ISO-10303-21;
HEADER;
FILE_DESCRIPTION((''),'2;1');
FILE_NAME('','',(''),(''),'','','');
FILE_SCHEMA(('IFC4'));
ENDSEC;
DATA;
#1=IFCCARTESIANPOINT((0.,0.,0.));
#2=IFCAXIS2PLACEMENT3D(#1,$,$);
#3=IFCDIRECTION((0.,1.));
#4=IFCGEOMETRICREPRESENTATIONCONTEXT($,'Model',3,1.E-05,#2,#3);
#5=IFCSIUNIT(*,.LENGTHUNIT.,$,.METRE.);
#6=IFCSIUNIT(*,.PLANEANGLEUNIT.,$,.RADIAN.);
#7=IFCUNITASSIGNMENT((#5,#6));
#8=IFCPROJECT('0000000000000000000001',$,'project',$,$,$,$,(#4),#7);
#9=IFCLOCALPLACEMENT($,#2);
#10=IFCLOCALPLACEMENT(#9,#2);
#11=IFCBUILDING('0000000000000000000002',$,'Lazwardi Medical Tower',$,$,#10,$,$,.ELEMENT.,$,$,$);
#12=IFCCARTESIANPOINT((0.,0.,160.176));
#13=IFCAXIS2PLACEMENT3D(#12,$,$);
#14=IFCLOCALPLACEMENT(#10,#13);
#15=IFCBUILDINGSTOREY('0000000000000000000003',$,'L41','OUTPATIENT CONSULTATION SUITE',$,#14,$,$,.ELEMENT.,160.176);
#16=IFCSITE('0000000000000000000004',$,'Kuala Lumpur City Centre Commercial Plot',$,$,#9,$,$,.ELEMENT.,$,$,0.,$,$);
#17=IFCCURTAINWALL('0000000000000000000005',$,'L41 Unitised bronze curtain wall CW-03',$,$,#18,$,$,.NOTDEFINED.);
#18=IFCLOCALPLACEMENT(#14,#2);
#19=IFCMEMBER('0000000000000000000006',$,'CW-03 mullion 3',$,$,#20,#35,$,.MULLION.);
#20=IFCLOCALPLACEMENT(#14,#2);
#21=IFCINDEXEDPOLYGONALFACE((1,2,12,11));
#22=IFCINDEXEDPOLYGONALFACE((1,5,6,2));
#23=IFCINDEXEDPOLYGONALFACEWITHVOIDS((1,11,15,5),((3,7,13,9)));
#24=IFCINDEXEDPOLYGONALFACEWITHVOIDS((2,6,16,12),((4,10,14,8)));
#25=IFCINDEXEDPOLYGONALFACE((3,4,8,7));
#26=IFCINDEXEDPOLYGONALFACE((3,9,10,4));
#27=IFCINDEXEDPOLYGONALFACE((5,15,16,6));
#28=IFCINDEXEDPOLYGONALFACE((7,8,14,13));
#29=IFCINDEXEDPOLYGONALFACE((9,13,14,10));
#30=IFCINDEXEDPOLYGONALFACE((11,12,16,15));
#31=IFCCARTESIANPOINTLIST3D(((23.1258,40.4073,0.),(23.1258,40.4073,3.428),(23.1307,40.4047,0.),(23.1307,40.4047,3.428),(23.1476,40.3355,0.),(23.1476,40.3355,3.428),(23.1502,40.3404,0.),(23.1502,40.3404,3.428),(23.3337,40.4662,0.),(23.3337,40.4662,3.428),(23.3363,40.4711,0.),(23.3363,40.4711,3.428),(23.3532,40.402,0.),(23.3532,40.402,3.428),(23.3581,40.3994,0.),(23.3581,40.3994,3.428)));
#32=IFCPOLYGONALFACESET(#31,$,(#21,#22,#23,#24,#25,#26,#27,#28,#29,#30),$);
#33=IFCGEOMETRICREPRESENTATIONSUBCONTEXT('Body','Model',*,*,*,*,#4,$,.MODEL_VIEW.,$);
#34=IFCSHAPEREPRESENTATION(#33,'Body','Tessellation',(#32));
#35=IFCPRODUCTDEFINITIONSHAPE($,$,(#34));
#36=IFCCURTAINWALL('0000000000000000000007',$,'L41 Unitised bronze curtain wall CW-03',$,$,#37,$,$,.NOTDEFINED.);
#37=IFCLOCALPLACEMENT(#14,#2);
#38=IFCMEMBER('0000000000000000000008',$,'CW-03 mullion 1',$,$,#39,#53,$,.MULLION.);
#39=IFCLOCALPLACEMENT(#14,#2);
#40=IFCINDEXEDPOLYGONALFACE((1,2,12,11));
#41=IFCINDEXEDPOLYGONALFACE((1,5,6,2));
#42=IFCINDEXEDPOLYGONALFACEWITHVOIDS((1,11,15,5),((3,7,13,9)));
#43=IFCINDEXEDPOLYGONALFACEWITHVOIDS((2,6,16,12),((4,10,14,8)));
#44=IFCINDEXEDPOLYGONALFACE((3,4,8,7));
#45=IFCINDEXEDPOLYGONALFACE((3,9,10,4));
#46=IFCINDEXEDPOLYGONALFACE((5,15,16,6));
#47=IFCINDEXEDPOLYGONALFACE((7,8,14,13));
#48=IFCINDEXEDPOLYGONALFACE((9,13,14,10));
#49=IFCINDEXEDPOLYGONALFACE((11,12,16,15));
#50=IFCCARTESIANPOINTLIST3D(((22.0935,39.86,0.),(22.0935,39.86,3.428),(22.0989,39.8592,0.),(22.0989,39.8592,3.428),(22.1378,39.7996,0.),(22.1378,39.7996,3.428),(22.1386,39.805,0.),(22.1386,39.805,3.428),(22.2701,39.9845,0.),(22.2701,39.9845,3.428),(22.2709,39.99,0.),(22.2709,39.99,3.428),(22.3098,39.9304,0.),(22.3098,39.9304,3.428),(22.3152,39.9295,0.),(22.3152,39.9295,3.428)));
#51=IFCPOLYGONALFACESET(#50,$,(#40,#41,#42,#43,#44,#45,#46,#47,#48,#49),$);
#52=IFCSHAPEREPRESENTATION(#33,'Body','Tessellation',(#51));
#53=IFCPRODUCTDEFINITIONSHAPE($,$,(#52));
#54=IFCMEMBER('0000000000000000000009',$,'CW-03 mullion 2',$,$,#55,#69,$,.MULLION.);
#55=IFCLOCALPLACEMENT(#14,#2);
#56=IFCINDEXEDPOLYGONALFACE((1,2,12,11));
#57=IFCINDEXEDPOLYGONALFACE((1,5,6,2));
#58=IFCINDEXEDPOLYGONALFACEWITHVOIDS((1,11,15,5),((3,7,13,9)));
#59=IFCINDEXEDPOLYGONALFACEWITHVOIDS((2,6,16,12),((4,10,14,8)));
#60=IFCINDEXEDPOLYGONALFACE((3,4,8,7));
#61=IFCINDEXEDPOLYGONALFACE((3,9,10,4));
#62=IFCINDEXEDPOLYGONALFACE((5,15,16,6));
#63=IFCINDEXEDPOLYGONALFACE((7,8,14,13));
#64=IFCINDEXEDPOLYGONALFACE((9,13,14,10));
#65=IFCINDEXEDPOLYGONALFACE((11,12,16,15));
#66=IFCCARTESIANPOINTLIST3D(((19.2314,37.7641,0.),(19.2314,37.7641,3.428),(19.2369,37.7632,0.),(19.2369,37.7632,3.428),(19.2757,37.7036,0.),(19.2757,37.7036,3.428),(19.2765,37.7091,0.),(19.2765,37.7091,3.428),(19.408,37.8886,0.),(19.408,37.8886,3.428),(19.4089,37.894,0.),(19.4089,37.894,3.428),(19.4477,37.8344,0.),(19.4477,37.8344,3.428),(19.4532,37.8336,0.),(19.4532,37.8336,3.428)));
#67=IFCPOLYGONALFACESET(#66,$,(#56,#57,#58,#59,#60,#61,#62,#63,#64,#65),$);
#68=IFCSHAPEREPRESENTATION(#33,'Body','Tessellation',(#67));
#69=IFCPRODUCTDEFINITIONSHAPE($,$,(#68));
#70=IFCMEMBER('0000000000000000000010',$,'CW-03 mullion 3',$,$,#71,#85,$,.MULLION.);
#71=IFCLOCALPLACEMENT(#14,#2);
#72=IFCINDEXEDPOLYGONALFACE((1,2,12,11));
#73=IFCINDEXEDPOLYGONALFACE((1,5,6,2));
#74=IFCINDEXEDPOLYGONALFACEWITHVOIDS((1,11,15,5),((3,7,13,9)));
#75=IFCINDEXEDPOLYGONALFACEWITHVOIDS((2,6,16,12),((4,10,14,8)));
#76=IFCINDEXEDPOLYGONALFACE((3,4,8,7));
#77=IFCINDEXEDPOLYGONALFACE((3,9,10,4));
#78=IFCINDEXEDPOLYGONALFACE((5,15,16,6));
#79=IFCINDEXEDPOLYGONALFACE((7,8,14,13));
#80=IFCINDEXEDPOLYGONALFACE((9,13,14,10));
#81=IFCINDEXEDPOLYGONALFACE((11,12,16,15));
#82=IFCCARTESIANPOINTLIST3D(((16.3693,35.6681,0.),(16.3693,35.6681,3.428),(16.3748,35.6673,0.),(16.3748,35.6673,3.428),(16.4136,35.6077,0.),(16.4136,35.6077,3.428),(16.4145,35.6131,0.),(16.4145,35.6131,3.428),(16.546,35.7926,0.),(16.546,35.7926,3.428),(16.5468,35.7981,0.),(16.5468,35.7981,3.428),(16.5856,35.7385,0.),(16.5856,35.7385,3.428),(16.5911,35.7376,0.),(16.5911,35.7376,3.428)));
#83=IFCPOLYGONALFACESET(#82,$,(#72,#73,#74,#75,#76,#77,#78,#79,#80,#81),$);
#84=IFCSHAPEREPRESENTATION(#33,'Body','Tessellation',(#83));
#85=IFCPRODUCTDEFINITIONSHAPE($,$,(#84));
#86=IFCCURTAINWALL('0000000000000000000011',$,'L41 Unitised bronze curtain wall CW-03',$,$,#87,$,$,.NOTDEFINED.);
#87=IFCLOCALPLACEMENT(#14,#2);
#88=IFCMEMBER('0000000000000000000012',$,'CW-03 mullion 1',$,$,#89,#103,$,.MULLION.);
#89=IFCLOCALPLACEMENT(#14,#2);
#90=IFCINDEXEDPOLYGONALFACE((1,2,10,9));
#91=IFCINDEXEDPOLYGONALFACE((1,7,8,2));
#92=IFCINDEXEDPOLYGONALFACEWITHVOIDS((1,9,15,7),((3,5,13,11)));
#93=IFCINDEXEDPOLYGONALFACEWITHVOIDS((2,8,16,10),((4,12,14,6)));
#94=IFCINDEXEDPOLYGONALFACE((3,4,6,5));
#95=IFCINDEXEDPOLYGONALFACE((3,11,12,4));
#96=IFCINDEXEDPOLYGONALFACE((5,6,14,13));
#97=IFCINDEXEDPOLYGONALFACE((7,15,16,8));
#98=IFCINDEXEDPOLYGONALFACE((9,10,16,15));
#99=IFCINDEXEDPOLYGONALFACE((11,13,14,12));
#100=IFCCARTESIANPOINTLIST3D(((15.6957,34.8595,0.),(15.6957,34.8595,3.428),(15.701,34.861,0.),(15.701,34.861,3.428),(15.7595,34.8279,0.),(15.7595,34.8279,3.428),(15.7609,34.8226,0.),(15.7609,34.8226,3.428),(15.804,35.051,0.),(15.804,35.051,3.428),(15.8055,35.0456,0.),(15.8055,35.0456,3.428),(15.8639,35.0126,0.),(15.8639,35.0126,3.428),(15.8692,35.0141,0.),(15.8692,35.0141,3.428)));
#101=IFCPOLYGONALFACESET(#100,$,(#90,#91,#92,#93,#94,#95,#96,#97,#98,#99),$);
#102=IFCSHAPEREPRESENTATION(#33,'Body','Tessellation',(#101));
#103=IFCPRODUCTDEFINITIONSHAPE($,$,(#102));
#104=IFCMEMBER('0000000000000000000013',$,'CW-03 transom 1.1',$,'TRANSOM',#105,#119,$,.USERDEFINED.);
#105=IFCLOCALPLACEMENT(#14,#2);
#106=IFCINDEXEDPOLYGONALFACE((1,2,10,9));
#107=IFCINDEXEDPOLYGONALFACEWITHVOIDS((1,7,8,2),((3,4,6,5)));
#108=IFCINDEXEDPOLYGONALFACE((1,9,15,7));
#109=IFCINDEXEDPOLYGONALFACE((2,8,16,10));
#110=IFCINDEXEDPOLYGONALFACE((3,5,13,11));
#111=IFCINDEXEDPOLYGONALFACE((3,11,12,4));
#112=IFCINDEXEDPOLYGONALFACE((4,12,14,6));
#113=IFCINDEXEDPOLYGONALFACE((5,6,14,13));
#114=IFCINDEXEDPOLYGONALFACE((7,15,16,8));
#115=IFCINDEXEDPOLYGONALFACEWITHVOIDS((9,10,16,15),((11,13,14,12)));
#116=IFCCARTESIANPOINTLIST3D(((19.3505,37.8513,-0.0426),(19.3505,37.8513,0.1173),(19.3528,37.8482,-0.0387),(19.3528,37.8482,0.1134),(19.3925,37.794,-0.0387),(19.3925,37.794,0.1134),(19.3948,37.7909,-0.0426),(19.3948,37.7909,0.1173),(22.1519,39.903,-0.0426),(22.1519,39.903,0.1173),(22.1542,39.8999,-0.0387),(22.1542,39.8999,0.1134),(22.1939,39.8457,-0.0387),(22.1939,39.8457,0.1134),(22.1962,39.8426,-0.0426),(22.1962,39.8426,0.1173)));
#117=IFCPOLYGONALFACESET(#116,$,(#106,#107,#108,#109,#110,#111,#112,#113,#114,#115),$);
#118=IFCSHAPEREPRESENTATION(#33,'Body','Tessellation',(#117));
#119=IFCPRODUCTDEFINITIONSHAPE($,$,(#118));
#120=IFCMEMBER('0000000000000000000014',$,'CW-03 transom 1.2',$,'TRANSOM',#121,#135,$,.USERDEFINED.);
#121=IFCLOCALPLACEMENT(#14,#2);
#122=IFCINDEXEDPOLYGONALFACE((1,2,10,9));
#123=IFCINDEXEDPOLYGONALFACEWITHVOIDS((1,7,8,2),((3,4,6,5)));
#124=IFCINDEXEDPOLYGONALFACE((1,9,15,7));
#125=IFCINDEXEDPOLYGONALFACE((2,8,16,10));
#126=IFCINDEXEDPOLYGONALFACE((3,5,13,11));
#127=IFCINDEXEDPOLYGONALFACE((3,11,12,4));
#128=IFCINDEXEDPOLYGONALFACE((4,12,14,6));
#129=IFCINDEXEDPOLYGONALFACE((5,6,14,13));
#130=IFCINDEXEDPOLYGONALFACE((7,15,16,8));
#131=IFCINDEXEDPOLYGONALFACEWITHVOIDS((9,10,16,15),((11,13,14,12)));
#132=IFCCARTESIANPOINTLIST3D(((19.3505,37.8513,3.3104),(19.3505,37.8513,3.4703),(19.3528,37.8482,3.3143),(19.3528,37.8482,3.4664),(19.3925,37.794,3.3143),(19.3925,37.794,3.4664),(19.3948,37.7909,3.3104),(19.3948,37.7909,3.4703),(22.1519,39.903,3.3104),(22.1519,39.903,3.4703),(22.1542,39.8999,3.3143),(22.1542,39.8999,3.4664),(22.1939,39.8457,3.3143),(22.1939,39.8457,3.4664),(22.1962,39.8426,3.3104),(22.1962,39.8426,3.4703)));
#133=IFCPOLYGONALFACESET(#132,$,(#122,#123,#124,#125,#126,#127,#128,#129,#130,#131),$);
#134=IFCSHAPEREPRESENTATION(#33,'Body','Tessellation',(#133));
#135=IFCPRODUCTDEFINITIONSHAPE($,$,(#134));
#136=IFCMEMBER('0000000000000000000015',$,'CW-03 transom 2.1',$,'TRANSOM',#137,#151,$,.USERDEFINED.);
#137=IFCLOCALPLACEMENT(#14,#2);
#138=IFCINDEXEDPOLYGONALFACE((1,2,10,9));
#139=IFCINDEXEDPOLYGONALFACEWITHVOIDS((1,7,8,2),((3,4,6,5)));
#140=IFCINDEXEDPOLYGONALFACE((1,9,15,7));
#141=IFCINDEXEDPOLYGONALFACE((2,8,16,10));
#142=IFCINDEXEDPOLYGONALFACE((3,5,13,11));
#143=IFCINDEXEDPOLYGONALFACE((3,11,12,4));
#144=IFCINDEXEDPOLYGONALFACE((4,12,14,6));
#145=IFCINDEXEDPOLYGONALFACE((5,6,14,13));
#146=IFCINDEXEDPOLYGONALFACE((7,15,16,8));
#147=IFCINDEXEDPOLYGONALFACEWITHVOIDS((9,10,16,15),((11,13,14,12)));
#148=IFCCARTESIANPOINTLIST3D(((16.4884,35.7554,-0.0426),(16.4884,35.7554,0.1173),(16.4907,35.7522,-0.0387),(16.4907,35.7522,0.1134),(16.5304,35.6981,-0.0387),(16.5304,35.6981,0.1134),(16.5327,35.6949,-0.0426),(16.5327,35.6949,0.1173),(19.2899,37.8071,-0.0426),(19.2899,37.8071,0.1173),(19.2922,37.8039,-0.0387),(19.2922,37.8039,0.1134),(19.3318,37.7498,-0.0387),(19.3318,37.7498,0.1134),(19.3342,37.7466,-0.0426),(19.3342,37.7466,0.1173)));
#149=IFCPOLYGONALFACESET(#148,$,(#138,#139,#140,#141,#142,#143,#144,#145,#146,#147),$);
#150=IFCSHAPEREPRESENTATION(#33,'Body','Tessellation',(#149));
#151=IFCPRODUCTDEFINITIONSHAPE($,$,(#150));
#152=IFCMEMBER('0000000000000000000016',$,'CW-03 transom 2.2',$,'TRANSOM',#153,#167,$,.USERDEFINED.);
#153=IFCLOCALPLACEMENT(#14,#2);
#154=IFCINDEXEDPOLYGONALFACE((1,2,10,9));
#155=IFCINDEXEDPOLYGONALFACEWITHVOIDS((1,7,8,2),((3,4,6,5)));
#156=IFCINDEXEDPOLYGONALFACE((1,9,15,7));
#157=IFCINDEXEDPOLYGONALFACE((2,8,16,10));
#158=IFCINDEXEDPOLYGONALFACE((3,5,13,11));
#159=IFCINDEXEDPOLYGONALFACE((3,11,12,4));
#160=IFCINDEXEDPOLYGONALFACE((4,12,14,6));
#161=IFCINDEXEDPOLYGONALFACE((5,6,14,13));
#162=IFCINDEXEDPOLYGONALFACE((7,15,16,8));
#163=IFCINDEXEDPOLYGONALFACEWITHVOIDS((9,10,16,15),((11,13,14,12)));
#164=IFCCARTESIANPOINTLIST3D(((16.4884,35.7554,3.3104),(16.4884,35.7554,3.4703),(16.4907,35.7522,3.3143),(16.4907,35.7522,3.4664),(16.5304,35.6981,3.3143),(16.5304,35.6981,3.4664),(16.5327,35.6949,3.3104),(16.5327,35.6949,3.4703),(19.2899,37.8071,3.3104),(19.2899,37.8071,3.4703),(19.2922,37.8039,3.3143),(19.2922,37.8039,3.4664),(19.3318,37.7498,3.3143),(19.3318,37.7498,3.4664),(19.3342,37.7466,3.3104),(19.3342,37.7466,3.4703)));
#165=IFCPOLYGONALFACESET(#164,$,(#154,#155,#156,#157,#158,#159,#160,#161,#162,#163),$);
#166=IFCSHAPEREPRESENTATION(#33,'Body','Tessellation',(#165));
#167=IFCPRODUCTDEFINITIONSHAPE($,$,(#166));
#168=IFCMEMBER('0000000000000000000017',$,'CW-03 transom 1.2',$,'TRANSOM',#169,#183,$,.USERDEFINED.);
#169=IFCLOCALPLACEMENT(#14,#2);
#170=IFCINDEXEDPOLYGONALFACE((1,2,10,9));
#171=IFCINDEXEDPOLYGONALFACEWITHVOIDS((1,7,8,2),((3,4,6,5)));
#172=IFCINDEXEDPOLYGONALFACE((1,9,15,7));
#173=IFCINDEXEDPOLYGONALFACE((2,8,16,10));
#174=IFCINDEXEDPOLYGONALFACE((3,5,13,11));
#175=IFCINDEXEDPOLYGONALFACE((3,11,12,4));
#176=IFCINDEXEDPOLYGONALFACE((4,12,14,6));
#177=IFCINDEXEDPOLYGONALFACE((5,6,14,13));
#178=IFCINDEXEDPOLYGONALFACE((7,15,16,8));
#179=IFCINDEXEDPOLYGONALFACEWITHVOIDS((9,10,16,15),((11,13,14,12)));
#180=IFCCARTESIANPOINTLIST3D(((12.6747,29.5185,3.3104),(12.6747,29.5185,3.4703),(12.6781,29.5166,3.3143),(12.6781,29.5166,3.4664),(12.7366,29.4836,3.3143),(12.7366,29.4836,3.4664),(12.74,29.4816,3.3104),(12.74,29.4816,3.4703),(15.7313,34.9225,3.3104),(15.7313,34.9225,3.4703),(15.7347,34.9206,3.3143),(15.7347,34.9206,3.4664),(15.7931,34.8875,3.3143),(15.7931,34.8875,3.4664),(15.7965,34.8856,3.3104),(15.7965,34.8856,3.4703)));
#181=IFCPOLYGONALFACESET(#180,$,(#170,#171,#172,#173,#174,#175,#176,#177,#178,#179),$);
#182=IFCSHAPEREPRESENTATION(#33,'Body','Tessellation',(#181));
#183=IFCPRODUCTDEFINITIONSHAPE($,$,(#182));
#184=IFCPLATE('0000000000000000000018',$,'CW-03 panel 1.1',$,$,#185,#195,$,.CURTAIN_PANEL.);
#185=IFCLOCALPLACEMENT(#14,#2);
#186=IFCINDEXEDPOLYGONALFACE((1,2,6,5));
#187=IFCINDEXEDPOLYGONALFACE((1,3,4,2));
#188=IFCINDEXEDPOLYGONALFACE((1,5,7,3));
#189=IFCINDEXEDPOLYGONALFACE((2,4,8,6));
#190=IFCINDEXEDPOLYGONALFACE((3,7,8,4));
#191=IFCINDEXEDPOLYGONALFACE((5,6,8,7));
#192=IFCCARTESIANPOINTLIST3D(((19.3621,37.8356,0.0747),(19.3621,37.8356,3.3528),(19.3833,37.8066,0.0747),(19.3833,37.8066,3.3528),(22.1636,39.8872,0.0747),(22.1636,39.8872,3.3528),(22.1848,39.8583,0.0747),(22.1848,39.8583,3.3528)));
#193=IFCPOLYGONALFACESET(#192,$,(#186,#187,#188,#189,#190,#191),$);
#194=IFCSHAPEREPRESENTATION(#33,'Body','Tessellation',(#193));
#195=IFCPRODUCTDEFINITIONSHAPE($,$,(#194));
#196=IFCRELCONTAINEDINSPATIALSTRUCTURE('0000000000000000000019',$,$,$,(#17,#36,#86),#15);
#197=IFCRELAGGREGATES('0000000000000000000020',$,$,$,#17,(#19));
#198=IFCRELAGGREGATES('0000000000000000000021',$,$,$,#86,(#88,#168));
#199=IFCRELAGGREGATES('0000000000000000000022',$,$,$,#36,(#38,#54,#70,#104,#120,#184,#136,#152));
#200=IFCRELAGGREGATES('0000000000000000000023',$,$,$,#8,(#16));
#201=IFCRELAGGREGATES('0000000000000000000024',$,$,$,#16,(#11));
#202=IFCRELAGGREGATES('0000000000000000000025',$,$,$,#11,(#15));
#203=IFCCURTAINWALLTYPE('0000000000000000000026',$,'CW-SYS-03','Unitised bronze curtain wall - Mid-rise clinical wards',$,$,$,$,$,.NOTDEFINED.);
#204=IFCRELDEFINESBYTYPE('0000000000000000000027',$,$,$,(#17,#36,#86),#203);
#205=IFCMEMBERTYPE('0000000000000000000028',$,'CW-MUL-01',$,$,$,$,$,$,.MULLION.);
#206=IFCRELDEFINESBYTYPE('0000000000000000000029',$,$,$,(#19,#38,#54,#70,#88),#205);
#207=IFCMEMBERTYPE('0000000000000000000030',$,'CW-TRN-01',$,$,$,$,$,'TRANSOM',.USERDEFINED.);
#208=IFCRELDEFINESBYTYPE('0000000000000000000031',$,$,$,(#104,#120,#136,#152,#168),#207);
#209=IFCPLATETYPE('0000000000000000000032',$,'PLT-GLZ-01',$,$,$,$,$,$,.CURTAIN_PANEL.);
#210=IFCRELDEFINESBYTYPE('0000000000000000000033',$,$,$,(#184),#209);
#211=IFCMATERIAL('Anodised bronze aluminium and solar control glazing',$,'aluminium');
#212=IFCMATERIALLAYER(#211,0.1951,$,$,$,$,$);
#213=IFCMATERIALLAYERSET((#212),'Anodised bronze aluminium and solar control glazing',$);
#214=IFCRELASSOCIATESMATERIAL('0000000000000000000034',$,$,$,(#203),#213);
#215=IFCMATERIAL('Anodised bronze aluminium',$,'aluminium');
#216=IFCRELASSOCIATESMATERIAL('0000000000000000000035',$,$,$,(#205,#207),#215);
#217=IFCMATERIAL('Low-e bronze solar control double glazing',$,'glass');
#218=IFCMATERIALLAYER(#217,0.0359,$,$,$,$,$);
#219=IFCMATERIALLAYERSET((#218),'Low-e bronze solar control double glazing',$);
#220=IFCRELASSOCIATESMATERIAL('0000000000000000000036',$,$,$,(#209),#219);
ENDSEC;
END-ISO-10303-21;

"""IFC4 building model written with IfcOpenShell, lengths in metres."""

from ifc_helpers import new_model, si_unit, direction, frame, origin, origin_2d, place, context, subcontext, project, spatial, rectangle, hollow_rectangle, extrude, material, layer, layer_set, material_profile, profile_set, type_object, element, aggregate, save


model = new_model("IFC4")

# Units and contexts
model_context = context("Model", 3, precision=1e-05, world=origin(), true_north=direction((0.0, 1.0)))
body_context = subcontext(model_context, "Body", "Model", "MODEL_VIEW")
ifc_project = project(units=[si_unit("LENGTHUNIT", "METRE"), si_unit("PLANEANGLEUNIT", "RADIAN")], contexts=[model_context])

# Site, building, storey
site_placement = place(None, origin())
site = spatial("IfcSite", under=ifc_project, at=site_placement, Name="Kuala Lumpur City Centre Commercial Plot", CompositionType="ELEMENT", RefElevation=0.0)
building_placement = place(site_placement, origin())
building = spatial("IfcBuilding", under=site, at=building_placement, Name="Lazwardi Medical Tower", CompositionType="ELEMENT")
storey_placement = place(building_placement, frame((0.0, 0.0, 160.176)))
storey = spatial("IfcBuildingStorey", under=building, at=storey_placement, Name="L41", Description="OUTPATIENT CONSULTATION SUITE", CompositionType="ELEMENT", Elevation=160.176)

# Curtain wall, member
ifc_material_1 = material(Name="Anodised bronze aluminium and solar control glazing", Category="aluminium")
ifc_layer_1 = layer(ifc_material_1, 0.1951)
ifc_layer_set_1 = layer_set([ifc_layer_1], Name="Anodised bronze aluminium and solar control glazing")
curtain_wall_type = type_object("IfcCurtainWallType", Name="CW-SYS-03", Description="Unitised bronze curtain wall - Mid-rise clinical wards", PredefinedType="NOTDEFINED", material=ifc_layer_set_1)
curtain_wall_1_placement = place(storey_placement, origin())
curtain_wall_1 = element("IfcCurtainWall", 1, at=curtain_wall_1_placement, inside=storey, type_object=curtain_wall_type, Name="L41 Unitised bronze curtain wall CW-03", PredefinedType="NOTDEFINED")
ifc_material_2 = material(Name="Anodised bronze aluminium", Category="aluminium")
ifc_material_profile_1 = material_profile(ifc_material_2, hollow_rectangle(XDim=0.075, YDim=0.22, WallThickness=0.0039, at=origin_2d()), Name="ALU-MULLION 220x75x4")
ifc_profile_set_1 = profile_set([ifc_material_profile_1], Name="Anodised bronze aluminium")
member_type_1 = type_object("IfcMemberType", Name="CW-MUL-01", PredefinedType="MULLION", material=ifc_profile_set_1)
member_1_placement = place(storey_placement, frame((23.2419, 40.4033, 0.0), z_axis=(0.0, 0.0, 1.0), x_axis=(0.290281, -0.956942, 0.0)))
member_1 = element("IfcMember", 2, at=member_1_placement, type_object=member_type_1, Name="CW-03 mullion 3", PredefinedType="MULLION", context=body_context, shape_type="SweptSolid", body=[
    extrude(hollow_rectangle(XDim=0.075, YDim=0.22, WallThickness=0.0039, at=origin_2d()), origin(), (0.0, 0.0, 1.0), 3.428),
])
aggregate(curtain_wall_1, [member_1])

# Curtain wall, members
curtain_wall_2_placement = place(storey_placement, origin())
curtain_wall_2 = element("IfcCurtainWall", 3, at=curtain_wall_2_placement, inside=storey, type_object=curtain_wall_type, Name="L41 Unitised bronze curtain wall CW-03", PredefinedType="NOTDEFINED")
member_2_placement = place(storey_placement, frame((22.2043, 39.8948, 0.0), z_axis=(0.0, 0.0, 1.0), x_axis=(0.590834, -0.806793, 0.0)))
member_2 = element("IfcMember", 4, at=member_2_placement, type_object=member_type_1, Name="CW-03 mullion 1", PredefinedType="MULLION", context=body_context, shape_type="SweptSolid", body=[
    extrude(hollow_rectangle(XDim=0.075, YDim=0.22, WallThickness=0.0039, at=origin_2d()), origin(), (0.0, 0.0, 1.0), 3.428),
])
member_3_placement = place(storey_placement, frame((19.3423, 37.7988, 0.0), z_axis=(0.0, 0.0, 1.0), x_axis=(0.590834, -0.806793, 0.0)))
member_3 = element("IfcMember", 5, at=member_3_placement, type_object=member_type_1, Name="CW-03 mullion 2", PredefinedType="MULLION", context=body_context, shape_type="SweptSolid", body=[
    extrude(hollow_rectangle(XDim=0.075, YDim=0.22, WallThickness=0.0039, at=origin_2d()), origin(), (0.0, 0.0, 1.0), 3.428),
])
member_4_placement = place(storey_placement, frame((16.4802, 35.7029, 0.0), z_axis=(0.0, 0.0, 1.0), x_axis=(0.590834, -0.806793, 0.0)))
member_4 = element("IfcMember", 6, at=member_4_placement, type_object=member_type_1, Name="CW-03 mullion 3", PredefinedType="MULLION", context=body_context, shape_type="SweptSolid", body=[
    extrude(hollow_rectangle(XDim=0.075, YDim=0.22, WallThickness=0.0039, at=origin_2d()), origin(), (0.0, 0.0, 1.0), 3.428),
])

# Curtain wall, member
curtain_wall_3_placement = place(storey_placement, origin())
curtain_wall_3 = element("IfcCurtainWall", 7, at=curtain_wall_3_placement, inside=storey, type_object=curtain_wall_type, Name="L41 Unitised bronze curtain wall CW-03", PredefinedType="NOTDEFINED")
member_5_placement = place(storey_placement, frame((15.7825, 34.9368, 0.0), z_axis=(0.0, 0.0, 1.0), x_axis=(0.870419, -0.492312, 0.0)))
member_5 = element("IfcMember", 8, at=member_5_placement, type_object=member_type_1, Name="CW-03 mullion 1", PredefinedType="MULLION", context=body_context, shape_type="SweptSolid", body=[
    extrude(hollow_rectangle(XDim=0.075, YDim=0.22, WallThickness=0.0039, at=origin_2d()), origin(), (0.0, 0.0, 1.0), 3.428),
])

# Members
ifc_material_profile_2 = material_profile(ifc_material_2, hollow_rectangle(XDim=0.075, YDim=0.1599, WallThickness=0.0039, at=origin_2d()), Name="ALU-TRANSOM 160x75x4")
ifc_profile_set_2 = profile_set([ifc_material_profile_2], Name="Anodised bronze aluminium")
member_type_2 = type_object("IfcMemberType", Name="CW-TRN-01", ElementType="TRANSOM", PredefinedType="USERDEFINED", material=ifc_profile_set_2)
member_6_placement = place(storey_placement, frame((22.1741, 39.8728, 0.0374), z_axis=(-0.806774, -0.590861, 0.0), x_axis=(0.590861, -0.806774, 0.0)))
member_6 = element("IfcMember", 9, at=member_6_placement, type_object=member_type_2, Name="CW-03 transom 1.1", ObjectType="TRANSOM", PredefinedType="USERDEFINED", context=body_context, shape_type="SweptSolid", body=[
    extrude(hollow_rectangle(XDim=0.075, YDim=0.1599, WallThickness=0.0039, at=origin_2d()), origin(), (0.0, 0.0, 1.0), 3.4724),
])
member_7_placement = place(storey_placement, frame((22.1741, 39.8728, 3.3904), z_axis=(-0.806774, -0.590861, 0.0), x_axis=(0.590861, -0.806774, 0.0)))
member_7 = element("IfcMember", 10, at=member_7_placement, type_object=member_type_2, Name="CW-03 transom 1.2", ObjectType="TRANSOM", PredefinedType="USERDEFINED", context=body_context, shape_type="SweptSolid", body=[
    extrude(hollow_rectangle(XDim=0.075, YDim=0.1599, WallThickness=0.0039, at=origin_2d()), origin(), (0.0, 0.0, 1.0), 3.4724),
])
member_8_placement = place(storey_placement, frame((19.312, 37.7769, 0.0374), z_axis=(-0.806774, -0.590861, 0.0), x_axis=(0.590861, -0.806774, 0.0)))
member_8 = element("IfcMember", 11, at=member_8_placement, type_object=member_type_2, Name="CW-03 transom 2.1", ObjectType="TRANSOM", PredefinedType="USERDEFINED", context=body_context, shape_type="SweptSolid", body=[
    extrude(hollow_rectangle(XDim=0.075, YDim=0.1599, WallThickness=0.0039, at=origin_2d()), origin(), (0.0, 0.0, 1.0), 3.4724),
])
member_9_placement = place(storey_placement, frame((19.312, 37.7769, 3.3904), z_axis=(-0.806774, -0.590861, 0.0), x_axis=(0.590861, -0.806774, 0.0)))
member_9 = element("IfcMember", 12, at=member_9_placement, type_object=member_type_2, Name="CW-03 transom 2.2", ObjectType="TRANSOM", PredefinedType="USERDEFINED", context=body_context, shape_type="SweptSolid", body=[
    extrude(hollow_rectangle(XDim=0.075, YDim=0.1599, WallThickness=0.0039, at=origin_2d()), origin(), (0.0, 0.0, 1.0), 3.4724),
])
member_10_placement = place(storey_placement, frame((15.7639, 34.9041, 3.3904), z_axis=(-0.492323, -0.870413, 0.0), x_axis=(0.870413, -0.492323, 0.0)))
member_10 = element("IfcMember", 13, at=member_10_placement, type_object=member_type_2, Name="CW-03 transom 1.2", ObjectType="TRANSOM", PredefinedType="USERDEFINED", context=body_context, shape_type="SweptSolid", body=[
    extrude(hollow_rectangle(XDim=0.075, YDim=0.1599, WallThickness=0.0039, at=origin_2d()), origin(), (0.0, 0.0, 1.0), 6.2085),
])
aggregate(curtain_wall_3, [member_5, member_10])

# Plate
ifc_material_3 = material(Name="Low-e bronze solar control double glazing", Category="glass")
ifc_layer_2 = layer(ifc_material_3, 0.0359)
ifc_layer_set_2 = layer_set([ifc_layer_2], Name="Low-e bronze solar control double glazing")
plate_type = type_object("IfcPlateType", Name="PLT-GLZ-01", PredefinedType="CURTAIN_PANEL", material=ifc_layer_set_2)
plate_1_placement = place(storey_placement, frame((20.7734, 38.8469, 0.0747), z_axis=(0.0, 0.0, 1.0), x_axis=(-0.806793, -0.590834, 0.0)))
plate_1 = element("IfcPlate", 14, at=plate_1_placement, type_object=plate_type, Name="CW-03 panel 1.1", PredefinedType="CURTAIN_PANEL", context=body_context, shape_type="SweptSolid", body=[
    extrude(rectangle(XDim=3.4724, YDim=0.0359, at=origin_2d()), origin(), (0.0, 0.0, 1.0), 3.2781),
])
aggregate(curtain_wall_2, [member_2, member_3, member_4, member_6, member_7, plate_1, member_8, member_9])

save(model, "model.ifc")
